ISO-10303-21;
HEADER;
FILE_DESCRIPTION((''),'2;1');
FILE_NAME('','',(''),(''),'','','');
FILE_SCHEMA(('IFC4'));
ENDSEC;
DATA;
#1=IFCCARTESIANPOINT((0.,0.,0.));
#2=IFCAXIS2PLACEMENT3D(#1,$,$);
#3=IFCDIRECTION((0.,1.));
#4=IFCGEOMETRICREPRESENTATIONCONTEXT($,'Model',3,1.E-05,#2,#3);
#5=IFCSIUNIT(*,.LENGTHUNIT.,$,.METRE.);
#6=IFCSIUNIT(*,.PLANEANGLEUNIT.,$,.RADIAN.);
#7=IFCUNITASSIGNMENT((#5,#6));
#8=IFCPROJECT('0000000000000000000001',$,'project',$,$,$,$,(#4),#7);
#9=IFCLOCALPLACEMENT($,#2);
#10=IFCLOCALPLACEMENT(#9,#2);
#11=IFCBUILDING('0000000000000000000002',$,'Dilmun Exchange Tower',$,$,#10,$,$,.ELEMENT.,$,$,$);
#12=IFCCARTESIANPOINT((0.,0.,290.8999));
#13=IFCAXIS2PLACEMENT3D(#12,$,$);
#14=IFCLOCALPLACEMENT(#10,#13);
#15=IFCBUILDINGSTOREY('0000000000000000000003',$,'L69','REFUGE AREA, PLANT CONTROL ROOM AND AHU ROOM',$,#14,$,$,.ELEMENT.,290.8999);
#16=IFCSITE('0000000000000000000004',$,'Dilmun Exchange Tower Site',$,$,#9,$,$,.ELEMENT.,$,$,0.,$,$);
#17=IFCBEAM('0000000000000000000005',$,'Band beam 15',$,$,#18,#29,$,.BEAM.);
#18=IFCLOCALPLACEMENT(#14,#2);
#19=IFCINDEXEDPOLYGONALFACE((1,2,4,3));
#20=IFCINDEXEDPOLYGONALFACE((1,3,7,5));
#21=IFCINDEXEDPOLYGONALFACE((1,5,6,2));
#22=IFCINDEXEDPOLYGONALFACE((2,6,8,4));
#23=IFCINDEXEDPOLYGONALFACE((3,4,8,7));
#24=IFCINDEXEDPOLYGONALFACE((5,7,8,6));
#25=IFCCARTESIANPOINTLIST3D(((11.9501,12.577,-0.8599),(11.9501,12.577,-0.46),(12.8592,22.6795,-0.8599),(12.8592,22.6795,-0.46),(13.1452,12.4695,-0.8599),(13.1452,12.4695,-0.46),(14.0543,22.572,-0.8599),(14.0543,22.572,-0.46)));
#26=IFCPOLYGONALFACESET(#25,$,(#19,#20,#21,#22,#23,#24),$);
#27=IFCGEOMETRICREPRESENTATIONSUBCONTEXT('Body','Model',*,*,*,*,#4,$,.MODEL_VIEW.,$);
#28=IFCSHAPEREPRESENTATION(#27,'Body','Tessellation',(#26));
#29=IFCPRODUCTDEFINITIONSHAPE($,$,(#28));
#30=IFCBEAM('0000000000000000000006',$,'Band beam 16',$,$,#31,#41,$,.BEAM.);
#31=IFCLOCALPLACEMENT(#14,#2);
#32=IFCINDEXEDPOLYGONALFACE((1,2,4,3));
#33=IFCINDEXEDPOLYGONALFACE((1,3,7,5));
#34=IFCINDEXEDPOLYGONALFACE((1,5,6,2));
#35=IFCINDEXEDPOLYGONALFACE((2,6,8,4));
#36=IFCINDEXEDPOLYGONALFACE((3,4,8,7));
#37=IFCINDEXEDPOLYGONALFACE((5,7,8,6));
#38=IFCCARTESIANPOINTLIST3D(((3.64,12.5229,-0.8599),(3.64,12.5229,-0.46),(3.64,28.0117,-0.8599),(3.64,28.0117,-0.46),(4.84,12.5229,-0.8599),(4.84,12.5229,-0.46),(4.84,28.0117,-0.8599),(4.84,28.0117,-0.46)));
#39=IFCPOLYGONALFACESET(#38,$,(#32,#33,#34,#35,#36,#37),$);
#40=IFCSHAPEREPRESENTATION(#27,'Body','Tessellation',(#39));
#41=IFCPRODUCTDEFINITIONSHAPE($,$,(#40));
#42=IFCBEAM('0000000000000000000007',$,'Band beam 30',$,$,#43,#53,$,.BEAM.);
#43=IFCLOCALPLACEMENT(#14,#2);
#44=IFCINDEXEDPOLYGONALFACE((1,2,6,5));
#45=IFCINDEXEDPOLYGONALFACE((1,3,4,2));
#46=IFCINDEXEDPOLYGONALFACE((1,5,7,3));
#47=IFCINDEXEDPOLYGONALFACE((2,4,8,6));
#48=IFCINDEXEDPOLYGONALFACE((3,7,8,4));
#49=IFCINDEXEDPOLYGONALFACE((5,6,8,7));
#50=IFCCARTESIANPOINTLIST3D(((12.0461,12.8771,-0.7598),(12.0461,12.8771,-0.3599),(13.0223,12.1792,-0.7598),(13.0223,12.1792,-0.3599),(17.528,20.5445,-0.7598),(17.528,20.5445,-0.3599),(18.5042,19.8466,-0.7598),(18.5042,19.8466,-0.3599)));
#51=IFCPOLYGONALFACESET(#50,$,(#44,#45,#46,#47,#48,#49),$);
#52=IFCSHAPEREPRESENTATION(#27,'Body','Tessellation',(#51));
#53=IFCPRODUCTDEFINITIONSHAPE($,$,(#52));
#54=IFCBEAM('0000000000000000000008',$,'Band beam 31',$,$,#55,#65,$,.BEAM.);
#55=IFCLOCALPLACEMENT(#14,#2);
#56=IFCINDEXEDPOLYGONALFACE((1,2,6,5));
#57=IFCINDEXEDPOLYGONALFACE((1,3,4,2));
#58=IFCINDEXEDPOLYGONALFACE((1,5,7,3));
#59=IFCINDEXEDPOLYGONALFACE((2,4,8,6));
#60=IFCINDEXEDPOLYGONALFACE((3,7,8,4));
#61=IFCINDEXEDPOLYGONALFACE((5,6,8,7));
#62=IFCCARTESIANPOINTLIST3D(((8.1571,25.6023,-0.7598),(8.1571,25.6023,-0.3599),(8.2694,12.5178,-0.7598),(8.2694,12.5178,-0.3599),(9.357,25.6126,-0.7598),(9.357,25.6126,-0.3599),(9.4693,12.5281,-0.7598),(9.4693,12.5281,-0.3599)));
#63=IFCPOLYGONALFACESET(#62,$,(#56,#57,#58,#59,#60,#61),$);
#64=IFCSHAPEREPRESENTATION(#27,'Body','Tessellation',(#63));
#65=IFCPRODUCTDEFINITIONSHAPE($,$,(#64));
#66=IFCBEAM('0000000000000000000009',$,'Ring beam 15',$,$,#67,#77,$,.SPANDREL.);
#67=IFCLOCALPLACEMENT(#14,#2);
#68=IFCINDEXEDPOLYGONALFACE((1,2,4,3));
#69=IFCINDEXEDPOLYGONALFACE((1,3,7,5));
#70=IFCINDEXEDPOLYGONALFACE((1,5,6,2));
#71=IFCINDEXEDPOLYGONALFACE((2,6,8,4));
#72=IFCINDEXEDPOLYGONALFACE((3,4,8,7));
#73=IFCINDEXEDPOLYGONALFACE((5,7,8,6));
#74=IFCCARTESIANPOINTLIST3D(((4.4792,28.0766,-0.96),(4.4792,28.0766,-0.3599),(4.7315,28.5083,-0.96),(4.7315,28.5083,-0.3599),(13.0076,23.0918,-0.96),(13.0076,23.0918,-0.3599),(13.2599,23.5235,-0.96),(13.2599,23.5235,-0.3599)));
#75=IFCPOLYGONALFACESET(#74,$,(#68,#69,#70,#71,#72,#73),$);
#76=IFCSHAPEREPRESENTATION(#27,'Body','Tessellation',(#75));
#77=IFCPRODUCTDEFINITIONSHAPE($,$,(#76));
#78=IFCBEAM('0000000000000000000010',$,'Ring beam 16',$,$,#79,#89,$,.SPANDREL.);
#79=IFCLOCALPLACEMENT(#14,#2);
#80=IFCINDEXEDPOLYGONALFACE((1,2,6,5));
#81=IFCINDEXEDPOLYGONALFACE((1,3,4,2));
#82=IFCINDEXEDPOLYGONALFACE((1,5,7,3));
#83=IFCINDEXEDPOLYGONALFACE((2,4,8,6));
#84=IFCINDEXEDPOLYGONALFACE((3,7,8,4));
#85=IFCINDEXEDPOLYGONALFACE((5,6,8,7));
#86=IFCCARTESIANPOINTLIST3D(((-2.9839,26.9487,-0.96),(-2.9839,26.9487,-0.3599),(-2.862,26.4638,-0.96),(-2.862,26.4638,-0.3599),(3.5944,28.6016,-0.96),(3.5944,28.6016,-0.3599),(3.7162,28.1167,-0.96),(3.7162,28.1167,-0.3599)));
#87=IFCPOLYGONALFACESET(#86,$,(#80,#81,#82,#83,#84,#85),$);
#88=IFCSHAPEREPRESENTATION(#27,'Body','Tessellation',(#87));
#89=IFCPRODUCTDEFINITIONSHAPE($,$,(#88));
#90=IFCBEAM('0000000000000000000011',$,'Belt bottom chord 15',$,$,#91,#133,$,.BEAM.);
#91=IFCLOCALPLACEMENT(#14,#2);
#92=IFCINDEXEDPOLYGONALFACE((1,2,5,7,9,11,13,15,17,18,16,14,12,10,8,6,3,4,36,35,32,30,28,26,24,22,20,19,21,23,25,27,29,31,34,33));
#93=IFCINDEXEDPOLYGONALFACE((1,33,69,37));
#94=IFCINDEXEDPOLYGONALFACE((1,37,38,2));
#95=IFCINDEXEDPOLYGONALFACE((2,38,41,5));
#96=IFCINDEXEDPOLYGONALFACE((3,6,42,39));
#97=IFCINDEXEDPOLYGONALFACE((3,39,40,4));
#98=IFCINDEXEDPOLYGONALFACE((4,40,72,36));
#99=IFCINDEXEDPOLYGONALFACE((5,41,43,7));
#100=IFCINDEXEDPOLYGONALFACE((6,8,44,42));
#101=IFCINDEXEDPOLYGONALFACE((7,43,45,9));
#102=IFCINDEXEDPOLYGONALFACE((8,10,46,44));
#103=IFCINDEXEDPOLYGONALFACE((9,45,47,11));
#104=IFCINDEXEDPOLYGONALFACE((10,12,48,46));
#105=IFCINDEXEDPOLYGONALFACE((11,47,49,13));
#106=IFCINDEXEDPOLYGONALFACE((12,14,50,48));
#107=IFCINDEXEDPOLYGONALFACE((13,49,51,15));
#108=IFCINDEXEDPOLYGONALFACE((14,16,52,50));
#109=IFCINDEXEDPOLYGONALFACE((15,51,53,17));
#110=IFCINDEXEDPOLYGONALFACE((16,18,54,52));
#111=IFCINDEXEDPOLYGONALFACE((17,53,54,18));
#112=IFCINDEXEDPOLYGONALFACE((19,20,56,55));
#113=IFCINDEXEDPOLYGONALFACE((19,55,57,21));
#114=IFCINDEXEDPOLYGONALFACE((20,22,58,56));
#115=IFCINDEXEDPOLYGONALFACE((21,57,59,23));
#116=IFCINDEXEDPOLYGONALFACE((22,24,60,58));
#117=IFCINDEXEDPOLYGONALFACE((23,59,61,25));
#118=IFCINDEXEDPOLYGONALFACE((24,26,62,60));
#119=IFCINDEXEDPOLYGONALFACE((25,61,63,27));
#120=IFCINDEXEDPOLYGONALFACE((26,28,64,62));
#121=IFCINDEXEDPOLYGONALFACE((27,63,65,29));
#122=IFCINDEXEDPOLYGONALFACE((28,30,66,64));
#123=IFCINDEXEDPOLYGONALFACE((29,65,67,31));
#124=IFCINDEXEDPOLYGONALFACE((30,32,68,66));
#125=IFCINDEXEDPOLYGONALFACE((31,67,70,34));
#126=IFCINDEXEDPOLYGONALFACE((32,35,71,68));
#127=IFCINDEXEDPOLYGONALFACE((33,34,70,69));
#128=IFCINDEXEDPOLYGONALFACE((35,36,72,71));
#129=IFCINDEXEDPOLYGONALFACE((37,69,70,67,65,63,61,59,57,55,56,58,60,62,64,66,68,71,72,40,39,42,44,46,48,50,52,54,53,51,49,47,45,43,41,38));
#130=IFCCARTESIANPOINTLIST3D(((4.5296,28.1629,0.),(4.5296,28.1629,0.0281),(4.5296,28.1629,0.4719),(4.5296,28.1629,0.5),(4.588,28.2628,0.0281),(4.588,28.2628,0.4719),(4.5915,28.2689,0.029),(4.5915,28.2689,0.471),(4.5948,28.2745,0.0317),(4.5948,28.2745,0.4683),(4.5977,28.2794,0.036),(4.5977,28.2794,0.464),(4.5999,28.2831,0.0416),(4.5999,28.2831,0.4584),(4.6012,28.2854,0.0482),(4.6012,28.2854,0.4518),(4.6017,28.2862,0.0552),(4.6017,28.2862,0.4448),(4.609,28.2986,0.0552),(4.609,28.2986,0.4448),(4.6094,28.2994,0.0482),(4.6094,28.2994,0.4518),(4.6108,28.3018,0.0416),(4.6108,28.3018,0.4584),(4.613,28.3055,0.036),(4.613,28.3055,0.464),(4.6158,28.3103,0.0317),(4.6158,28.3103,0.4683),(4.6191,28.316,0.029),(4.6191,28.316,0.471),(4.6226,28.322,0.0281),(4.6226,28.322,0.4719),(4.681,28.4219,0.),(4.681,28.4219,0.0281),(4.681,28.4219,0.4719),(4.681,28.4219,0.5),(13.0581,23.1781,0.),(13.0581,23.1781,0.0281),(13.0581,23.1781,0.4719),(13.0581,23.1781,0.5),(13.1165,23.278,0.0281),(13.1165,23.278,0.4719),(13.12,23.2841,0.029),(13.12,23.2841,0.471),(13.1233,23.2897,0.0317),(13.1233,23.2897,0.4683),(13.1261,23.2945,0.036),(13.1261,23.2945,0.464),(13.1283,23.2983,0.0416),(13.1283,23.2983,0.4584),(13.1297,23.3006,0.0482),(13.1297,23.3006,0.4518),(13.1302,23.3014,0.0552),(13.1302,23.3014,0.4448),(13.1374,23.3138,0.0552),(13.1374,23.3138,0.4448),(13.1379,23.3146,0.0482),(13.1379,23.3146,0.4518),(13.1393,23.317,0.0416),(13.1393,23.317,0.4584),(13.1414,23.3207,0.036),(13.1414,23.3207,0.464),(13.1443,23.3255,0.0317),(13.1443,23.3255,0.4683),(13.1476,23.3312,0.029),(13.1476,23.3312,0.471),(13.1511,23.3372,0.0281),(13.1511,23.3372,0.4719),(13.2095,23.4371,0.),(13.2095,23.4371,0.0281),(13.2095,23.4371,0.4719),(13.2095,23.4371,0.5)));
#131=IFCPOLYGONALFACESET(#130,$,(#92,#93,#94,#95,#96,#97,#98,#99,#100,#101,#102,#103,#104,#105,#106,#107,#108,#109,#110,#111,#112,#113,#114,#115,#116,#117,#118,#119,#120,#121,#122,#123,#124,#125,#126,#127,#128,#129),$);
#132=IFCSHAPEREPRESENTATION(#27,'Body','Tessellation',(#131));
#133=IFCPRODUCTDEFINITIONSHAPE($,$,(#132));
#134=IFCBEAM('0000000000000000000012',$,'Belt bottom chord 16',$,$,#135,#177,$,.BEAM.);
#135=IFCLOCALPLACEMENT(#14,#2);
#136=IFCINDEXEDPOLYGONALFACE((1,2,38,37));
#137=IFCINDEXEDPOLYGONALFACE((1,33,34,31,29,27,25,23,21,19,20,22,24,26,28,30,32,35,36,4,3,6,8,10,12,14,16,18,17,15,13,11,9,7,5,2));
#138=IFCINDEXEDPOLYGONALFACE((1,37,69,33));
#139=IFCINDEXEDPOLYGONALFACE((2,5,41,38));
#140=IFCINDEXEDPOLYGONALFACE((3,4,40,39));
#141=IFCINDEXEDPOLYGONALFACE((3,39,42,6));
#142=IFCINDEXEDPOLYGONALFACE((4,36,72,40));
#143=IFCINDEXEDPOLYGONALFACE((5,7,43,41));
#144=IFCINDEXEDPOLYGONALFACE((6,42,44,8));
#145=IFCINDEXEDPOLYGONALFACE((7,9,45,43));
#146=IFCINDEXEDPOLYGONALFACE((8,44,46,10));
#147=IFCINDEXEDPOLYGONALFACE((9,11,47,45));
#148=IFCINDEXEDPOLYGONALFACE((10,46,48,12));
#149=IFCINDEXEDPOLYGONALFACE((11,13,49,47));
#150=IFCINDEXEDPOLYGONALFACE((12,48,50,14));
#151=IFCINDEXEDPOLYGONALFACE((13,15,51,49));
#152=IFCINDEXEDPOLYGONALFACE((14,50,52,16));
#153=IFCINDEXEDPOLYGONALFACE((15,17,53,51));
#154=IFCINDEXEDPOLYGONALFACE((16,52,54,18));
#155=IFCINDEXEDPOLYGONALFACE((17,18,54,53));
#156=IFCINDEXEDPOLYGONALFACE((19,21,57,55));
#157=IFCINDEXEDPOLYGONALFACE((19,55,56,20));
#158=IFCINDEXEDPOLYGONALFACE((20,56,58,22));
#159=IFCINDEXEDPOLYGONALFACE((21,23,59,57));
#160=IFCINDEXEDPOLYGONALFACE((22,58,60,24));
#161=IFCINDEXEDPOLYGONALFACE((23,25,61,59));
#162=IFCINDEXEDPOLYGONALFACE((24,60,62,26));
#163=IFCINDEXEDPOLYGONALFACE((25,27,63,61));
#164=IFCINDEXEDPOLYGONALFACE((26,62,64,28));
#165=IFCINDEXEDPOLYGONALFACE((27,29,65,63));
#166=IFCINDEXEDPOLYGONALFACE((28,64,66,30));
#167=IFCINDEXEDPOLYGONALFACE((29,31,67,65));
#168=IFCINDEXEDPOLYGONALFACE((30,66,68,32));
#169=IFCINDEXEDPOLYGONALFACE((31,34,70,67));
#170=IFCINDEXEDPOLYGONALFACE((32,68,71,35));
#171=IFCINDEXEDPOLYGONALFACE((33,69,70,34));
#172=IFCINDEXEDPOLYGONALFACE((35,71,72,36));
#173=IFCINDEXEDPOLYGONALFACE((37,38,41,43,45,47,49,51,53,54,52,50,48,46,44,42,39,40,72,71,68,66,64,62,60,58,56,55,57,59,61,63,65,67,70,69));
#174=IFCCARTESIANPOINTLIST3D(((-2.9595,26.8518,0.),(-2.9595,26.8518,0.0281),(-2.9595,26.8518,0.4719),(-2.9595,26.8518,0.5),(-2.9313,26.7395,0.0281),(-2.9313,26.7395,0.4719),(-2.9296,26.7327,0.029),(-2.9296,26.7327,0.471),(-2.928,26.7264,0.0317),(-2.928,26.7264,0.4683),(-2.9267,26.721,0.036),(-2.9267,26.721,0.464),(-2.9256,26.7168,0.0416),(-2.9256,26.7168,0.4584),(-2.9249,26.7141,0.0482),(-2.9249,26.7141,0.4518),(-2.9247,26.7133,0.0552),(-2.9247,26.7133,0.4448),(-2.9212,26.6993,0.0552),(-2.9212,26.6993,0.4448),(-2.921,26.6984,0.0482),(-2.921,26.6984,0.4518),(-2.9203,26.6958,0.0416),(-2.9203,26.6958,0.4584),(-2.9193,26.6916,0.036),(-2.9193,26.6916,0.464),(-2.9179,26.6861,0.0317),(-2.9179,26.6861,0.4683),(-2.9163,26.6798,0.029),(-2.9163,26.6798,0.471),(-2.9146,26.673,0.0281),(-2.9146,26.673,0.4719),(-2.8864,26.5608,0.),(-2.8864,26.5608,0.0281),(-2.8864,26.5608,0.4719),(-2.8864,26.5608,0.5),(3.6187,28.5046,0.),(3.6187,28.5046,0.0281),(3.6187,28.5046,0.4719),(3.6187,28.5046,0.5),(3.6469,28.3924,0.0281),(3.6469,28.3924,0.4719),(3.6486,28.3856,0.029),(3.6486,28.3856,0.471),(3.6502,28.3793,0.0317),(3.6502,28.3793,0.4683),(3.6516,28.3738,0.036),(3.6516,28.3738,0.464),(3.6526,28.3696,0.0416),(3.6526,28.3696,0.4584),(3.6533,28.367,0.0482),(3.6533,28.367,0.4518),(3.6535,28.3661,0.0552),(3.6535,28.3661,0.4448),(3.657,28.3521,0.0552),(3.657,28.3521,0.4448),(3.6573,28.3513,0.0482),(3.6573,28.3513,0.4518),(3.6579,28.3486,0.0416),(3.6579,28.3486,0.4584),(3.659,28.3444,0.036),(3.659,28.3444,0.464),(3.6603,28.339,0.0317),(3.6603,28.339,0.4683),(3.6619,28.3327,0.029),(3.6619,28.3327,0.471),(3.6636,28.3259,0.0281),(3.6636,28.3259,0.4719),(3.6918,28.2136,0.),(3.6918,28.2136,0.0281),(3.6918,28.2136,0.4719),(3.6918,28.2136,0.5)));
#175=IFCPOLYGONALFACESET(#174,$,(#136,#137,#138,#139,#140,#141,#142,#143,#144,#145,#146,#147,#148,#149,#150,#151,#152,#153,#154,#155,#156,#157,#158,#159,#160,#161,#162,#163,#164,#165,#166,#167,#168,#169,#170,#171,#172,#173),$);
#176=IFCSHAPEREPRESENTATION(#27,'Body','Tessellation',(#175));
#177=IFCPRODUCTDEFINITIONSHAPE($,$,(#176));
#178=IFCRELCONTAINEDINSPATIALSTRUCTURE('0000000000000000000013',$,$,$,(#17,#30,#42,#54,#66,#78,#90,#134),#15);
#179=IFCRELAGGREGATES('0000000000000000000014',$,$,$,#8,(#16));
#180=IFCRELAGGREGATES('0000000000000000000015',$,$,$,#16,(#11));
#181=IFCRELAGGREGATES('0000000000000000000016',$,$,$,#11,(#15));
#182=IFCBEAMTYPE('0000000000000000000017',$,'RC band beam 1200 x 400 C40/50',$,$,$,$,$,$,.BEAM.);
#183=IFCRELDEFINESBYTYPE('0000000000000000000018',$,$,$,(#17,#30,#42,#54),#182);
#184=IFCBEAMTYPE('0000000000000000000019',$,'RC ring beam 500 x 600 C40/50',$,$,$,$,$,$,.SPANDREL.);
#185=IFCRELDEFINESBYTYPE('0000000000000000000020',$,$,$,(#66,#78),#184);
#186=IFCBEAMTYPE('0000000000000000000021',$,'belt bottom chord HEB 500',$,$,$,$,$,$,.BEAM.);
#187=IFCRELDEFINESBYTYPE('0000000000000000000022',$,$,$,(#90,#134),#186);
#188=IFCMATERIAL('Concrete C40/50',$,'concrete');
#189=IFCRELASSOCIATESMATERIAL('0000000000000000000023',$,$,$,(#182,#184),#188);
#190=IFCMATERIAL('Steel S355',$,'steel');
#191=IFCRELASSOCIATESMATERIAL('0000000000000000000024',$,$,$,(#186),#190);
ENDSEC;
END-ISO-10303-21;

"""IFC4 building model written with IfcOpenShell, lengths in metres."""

from ifc_helpers import new_model, si_unit, direction, frame, origin, origin_2d, place, context, subcontext, project, spatial, rectangle, i_section, extrude, material, material_profile, profile_set, type_object, element, save


model = new_model("IFC4")

# Units and contexts
model_context = context("Model", 3, precision=1e-05, world=origin(), true_north=direction((0.0, 1.0)))
body_context = subcontext(model_context, "Body", "Model", "MODEL_VIEW")
ifc_project = project(units=[si_unit("LENGTHUNIT", "METRE"), si_unit("PLANEANGLEUNIT", "RADIAN")], contexts=[model_context])

# Site, building, storey
site_placement = place(None, origin())
site = spatial("IfcSite", under=ifc_project, at=site_placement, Name="Dilmun Exchange Tower Site", CompositionType="ELEMENT", RefElevation=0.0)
building_placement = place(site_placement, origin())
building = spatial("IfcBuilding", under=site, at=building_placement, Name="Dilmun Exchange Tower", CompositionType="ELEMENT")
storey_placement = place(building_placement, frame((0.0, 0.0, 290.8999)))
storey = spatial("IfcBuildingStorey", under=building, at=storey_placement, Name="L69", Description="REFUGE AREA, PLANT CONTROL ROOM AND AHU ROOM", CompositionType="ELEMENT", Elevation=290.8999)

# Beams
ifc_material_1 = material(Name="Concrete C40/50", Category="concrete")
ifc_material_profile_1 = material_profile(ifc_material_1, rectangle(XDim=1.2, YDim=0.3999, at=origin_2d()), Name="1200 x 400")
ifc_profile_set_1 = profile_set([ifc_material_profile_1], Name="Concrete C40/50")
beam_type_1 = type_object("IfcBeamType", Name="RC band beam 1200 x 400 C40/50", PredefinedType="BEAM", material=ifc_profile_set_1)
beam_1_placement = place(storey_placement, frame((13.4568, 22.6257, -0.6599), z_axis=(-0.089633, -0.995975, 0.0), x_axis=(0.995975, -0.089633, 0.0)))
element("IfcBeam", 1, at=beam_1_placement, inside=storey, type_object=beam_type_1, Name="Band beam 15", PredefinedType="BEAM", context=body_context, shape_type="SweptSolid", body=[
    extrude(rectangle(XDim=1.2, YDim=0.3999, at=origin_2d()), origin(), (0.0, 0.0, 1.0), 10.1433),
])
beam_2_placement = place(storey_placement, frame((4.24, 28.0117, -0.6599), z_axis=(0.0, -1.0, 0.0), x_axis=(1.0, 0.0, 0.0)))
element("IfcBeam", 2, at=beam_2_placement, inside=storey, type_object=beam_type_1, Name="Band beam 16", PredefinedType="BEAM", context=body_context, shape_type="SweptSolid", body=[
    extrude(rectangle(XDim=1.2, YDim=0.3999, at=origin_2d()), origin(), (0.0, 0.0, 1.0), 15.4888),
])
beam_3_placement = place(storey_placement, frame((18.0161, 20.1956, -0.5598), z_axis=(-0.581601, -0.813474, 0.0), x_axis=(0.813474, -0.581601, 0.0)))
element("IfcBeam", 3, at=beam_3_placement, inside=storey, type_object=beam_type_1, Name="Band beam 30", PredefinedType="BEAM", context=body_context, shape_type="SweptSolid", body=[
    extrude(rectangle(XDim=1.2, YDim=0.3999, at=origin_2d()), origin(), (0.0, 0.0, 1.0), 9.4255),
])
beam_4_placement = place(storey_placement, frame((8.7571, 25.6074, -0.5598), z_axis=(0.008583, -0.999963, 0.0), x_axis=(0.999963, 0.008583, 0.0)))
element("IfcBeam", 4, at=beam_4_placement, inside=storey, type_object=beam_type_1, Name="Band beam 31", PredefinedType="BEAM", context=body_context, shape_type="SweptSolid", body=[
    extrude(rectangle(XDim=1.2, YDim=0.3999, at=origin_2d()), origin(), (0.0, 0.0, 1.0), 13.085),
])
ifc_material_profile_2 = material_profile(ifc_material_1, rectangle(XDim=0.5, YDim=0.6001, at=origin_2d()), Name="500 x 600")
ifc_profile_set_2 = profile_set([ifc_material_profile_2], Name="Concrete C40/50")
beam_type_2 = type_object("IfcBeamType", Name="RC ring beam 500 x 600 C40/50", PredefinedType="SPANDREL", material=ifc_profile_set_2)
beam_5_placement = place(storey_placement, frame((13.1338, 23.3076, -0.6599), z_axis=(-0.863344, 0.504616, 0.0), x_axis=(-0.504616, -0.863344, 0.0)))
element("IfcBeam", 5, at=beam_5_placement, inside=storey, type_object=beam_type_2, Name="Ring beam 15", PredefinedType="SPANDREL", context=body_context, shape_type="SweptSolid", body=[
    extrude(rectangle(XDim=0.5, YDim=0.6001, at=origin_2d()), origin(), (0.0, 0.0, 1.0), 9.8784),
])
beam_6_placement = place(storey_placement, frame((3.6553, 28.3591, -0.6599), z_axis=(-0.969854, -0.243687, 0.0), x_axis=(0.243687, -0.969854, 0.0)))
element("IfcBeam", 6, at=beam_6_placement, inside=storey, type_object=beam_type_2, Name="Ring beam 16", PredefinedType="SPANDREL", context=body_context, shape_type="SweptSolid", body=[
    extrude(rectangle(XDim=0.5, YDim=0.6001, at=origin_2d()), origin(), (0.0, 0.0, 1.0), 6.7827),
])
ifc_material_2 = material(Name="Steel S355", Category="steel")
ifc_material_profile_3 = material_profile(ifc_material_2, i_section(OverallWidth=0.3, OverallDepth=0.5, WebThickness=0.0144, FlangeThickness=0.0281, FilletRadius=0.0271, at=origin_2d()), Name="HEB 500")
ifc_profile_set_3 = profile_set([ifc_material_profile_3], Name="Steel S355")
beam_type_3 = type_object("IfcBeamType", Name="belt bottom chord HEB 500", PredefinedType="BEAM", material=ifc_profile_set_3)
beam_7_placement = place(storey_placement, frame((13.1338, 23.3076, 0.25), z_axis=(-0.863344, 0.504616, 0.0), x_axis=(-0.504616, -0.863344, 0.0)))
element("IfcBeam", 7, at=beam_7_placement, inside=storey, type_object=beam_type_3, Name="Belt bottom chord 15", PredefinedType="BEAM", context=body_context, shape_type="SweptSolid", body=[
    extrude(i_section(OverallWidth=0.3, OverallDepth=0.5, WebThickness=0.0144, FlangeThickness=0.0281, FilletRadius=0.0271, at=origin_2d()), origin(), (0.0, 0.0, 1.0), 9.8784),
])
beam_8_placement = place(storey_placement, frame((3.6553, 28.3591, 0.25), z_axis=(-0.969854, -0.243687, 0.0), x_axis=(0.243687, -0.969854, 0.0)))
element("IfcBeam", 8, at=beam_8_placement, inside=storey, type_object=beam_type_3, Name="Belt bottom chord 16", PredefinedType="BEAM", context=body_context, shape_type="SweptSolid", body=[
    extrude(i_section(OverallWidth=0.3, OverallDepth=0.5, WebThickness=0.0144, FlangeThickness=0.0281, FilletRadius=0.0271, at=origin_2d()), origin(), (0.0, 0.0, 1.0), 6.7827),
])

save(model, "model.ifc")
